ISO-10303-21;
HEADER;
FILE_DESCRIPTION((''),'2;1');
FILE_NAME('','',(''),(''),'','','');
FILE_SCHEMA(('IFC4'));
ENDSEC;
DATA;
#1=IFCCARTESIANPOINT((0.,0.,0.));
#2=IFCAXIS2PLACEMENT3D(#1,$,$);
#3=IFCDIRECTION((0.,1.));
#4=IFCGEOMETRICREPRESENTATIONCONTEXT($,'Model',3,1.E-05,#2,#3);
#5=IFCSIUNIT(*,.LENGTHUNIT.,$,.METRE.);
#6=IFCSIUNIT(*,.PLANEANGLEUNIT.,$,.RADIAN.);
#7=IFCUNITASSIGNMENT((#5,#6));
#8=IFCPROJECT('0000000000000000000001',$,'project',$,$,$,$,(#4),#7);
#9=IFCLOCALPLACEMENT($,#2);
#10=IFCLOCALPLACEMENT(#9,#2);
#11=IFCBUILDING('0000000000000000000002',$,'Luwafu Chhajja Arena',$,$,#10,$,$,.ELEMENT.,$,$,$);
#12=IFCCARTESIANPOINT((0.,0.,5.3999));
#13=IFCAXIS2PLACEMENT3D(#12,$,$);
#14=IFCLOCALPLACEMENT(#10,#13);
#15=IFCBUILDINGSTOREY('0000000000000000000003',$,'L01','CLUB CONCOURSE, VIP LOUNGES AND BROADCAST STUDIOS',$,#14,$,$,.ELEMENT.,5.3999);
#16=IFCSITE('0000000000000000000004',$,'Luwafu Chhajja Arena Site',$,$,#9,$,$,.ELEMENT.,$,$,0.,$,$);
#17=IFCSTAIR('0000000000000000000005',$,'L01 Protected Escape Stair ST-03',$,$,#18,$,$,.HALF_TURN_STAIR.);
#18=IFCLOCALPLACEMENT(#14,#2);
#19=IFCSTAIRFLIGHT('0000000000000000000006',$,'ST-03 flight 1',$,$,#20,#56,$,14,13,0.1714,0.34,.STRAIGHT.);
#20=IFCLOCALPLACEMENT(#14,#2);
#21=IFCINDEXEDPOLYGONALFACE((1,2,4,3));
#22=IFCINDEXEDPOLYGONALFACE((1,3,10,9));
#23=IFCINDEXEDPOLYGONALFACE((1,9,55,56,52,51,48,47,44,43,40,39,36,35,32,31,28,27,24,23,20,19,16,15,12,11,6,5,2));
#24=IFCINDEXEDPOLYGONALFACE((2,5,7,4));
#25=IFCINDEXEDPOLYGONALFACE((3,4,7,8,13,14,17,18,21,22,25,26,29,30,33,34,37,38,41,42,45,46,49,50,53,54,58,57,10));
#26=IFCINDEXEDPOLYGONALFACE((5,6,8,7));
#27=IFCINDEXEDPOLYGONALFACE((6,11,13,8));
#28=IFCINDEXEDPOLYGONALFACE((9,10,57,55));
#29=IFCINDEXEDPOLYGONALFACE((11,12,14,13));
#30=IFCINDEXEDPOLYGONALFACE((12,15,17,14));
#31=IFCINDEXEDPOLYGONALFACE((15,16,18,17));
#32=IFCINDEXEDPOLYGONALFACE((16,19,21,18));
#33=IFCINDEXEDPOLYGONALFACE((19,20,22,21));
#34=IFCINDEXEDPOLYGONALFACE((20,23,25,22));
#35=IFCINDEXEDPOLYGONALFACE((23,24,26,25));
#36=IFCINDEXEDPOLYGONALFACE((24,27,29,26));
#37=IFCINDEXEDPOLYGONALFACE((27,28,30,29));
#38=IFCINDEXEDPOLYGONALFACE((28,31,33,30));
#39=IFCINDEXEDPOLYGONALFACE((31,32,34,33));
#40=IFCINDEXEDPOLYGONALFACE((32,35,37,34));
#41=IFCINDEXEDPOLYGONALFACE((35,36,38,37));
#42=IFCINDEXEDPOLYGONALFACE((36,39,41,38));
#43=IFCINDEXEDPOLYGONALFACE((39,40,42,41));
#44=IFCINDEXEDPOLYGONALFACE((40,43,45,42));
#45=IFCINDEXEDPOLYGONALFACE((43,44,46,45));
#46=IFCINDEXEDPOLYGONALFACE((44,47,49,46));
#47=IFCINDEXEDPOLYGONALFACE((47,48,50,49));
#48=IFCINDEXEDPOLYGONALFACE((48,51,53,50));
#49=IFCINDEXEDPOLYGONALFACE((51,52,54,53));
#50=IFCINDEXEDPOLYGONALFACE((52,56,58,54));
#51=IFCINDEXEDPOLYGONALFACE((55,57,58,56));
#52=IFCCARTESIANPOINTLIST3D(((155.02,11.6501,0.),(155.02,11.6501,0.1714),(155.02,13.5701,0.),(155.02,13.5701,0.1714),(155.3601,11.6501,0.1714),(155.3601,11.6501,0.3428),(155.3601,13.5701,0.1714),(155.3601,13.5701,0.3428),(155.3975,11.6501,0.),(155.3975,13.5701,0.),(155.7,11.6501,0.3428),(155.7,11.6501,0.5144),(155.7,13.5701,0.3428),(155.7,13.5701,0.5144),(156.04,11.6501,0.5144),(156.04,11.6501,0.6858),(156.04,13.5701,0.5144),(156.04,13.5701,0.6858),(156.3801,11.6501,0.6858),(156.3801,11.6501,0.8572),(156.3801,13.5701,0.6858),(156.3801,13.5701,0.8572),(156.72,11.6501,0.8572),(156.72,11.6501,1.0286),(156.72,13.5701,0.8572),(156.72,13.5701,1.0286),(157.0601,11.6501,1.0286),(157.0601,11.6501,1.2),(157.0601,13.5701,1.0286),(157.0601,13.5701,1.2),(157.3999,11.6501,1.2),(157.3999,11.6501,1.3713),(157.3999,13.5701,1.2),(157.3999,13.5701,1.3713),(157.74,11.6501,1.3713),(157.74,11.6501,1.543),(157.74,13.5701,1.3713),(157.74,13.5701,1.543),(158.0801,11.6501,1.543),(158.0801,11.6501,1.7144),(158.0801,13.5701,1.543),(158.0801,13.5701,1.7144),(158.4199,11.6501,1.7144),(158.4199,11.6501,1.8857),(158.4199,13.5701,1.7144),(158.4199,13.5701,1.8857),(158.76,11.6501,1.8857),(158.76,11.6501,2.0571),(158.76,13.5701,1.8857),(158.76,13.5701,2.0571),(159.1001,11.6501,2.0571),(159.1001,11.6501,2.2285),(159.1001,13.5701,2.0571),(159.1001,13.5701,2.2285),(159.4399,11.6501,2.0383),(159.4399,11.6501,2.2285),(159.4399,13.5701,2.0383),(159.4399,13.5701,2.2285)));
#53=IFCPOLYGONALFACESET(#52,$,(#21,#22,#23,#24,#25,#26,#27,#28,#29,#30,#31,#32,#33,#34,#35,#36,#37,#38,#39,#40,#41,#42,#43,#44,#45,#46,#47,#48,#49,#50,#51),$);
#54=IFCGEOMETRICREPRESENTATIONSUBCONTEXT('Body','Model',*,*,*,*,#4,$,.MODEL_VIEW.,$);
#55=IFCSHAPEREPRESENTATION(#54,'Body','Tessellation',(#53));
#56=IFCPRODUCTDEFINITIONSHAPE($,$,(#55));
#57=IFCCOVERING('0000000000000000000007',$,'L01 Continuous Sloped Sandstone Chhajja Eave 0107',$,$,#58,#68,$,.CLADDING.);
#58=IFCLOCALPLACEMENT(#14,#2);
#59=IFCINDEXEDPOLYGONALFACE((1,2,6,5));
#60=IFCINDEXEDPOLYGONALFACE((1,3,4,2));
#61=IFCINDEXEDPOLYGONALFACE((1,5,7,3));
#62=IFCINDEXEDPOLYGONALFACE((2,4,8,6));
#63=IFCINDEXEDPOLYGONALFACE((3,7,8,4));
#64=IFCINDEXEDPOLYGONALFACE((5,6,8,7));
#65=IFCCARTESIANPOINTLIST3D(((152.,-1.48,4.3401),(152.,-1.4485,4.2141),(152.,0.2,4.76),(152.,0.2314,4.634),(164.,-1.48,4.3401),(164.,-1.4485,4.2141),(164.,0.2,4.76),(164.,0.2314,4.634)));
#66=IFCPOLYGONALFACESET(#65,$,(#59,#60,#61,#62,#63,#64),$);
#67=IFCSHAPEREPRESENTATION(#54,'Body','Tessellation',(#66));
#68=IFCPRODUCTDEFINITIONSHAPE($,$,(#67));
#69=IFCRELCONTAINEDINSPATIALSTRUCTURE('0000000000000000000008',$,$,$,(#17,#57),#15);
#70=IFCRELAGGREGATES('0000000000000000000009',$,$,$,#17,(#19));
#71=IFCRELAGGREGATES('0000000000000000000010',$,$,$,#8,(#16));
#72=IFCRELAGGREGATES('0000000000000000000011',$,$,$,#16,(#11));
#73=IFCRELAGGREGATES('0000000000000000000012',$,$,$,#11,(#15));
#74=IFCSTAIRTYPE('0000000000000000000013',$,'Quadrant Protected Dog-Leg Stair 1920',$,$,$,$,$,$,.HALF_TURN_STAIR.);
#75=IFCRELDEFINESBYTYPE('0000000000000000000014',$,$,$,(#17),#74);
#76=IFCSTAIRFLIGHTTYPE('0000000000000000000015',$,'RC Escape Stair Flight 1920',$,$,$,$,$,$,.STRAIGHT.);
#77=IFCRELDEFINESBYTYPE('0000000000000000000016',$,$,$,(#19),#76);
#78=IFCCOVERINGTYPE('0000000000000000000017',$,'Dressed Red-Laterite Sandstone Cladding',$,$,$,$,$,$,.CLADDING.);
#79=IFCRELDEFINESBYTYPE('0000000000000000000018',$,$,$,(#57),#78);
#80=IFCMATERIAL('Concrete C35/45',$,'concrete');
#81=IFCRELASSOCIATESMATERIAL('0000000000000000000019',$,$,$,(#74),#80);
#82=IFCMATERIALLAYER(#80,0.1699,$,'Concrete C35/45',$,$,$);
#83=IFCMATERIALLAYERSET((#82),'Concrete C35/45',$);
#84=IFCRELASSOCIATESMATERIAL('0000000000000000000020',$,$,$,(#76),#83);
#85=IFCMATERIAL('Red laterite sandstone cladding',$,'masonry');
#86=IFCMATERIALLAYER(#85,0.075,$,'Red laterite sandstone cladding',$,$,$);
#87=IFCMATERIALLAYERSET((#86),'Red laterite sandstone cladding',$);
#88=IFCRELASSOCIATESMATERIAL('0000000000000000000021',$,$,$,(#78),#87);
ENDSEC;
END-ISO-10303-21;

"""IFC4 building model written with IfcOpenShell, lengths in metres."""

from ifc_helpers import new_model, si_unit, direction, frame, origin, place, context, subcontext, project, spatial, polyline, outline, extrude, material, layer, layer_set, type_object, element, aggregate, save


model = new_model("IFC4")

# Units and contexts
model_context = context("Model", 3, precision=1e-05, world=origin(), true_north=direction((0.0, 1.0)))
body_context = subcontext(model_context, "Body", "Model", "MODEL_VIEW")
ifc_project = project(units=[si_unit("LENGTHUNIT", "METRE"), si_unit("PLANEANGLEUNIT", "RADIAN")], contexts=[model_context])

# Site, building, storey
site_placement = place(None, origin())
site = spatial("IfcSite", under=ifc_project, at=site_placement, Name="Luwafu Chhajja Arena Site", CompositionType="ELEMENT", RefElevation=0.0)
building_placement = place(site_placement, origin())
building = spatial("IfcBuilding", under=site, at=building_placement, Name="Luwafu Chhajja Arena", CompositionType="ELEMENT")
storey_placement = place(building_placement, frame((0.0, 0.0, 5.3999)))
storey = spatial("IfcBuildingStorey", under=building, at=storey_placement, Name="L01", Description="CLUB CONCOURSE, VIP LOUNGES AND BROADCAST STUDIOS", CompositionType="ELEMENT", Elevation=5.3999)

# Shared definitions
ifc_material_1 = material(Name="Concrete C35/45", Category="concrete")

# Stair, stair flight
stair_type = type_object("IfcStairType", Name="Quadrant Protected Dog-Leg Stair 1920", PredefinedType="HALF_TURN_STAIR", material=ifc_material_1)
stair_placement = place(storey_placement, origin())
stair = element("IfcStair", 1, at=stair_placement, inside=storey, type_object=stair_type, Name="L01 Protected Escape Stair ST-03", PredefinedType="HALF_TURN_STAIR")
ifc_layer_1 = layer(ifc_material_1, 0.1699, Name="Concrete C35/45")
ifc_layer_set_1 = layer_set([ifc_layer_1], Name="Concrete C35/45")
stair_flight_type = type_object("IfcStairFlightType", Name="RC Escape Stair Flight 1920", PredefinedType="STRAIGHT", material=ifc_layer_set_1)
stair_flight_placement = place(storey_placement, frame((155.02, 12.6101, 0.0), z_axis=(0.0, 0.0, 1.0), x_axis=(1.0, 0.0, 0.0)))
stair_flight = element("IfcStairFlight", 2, at=stair_flight_placement, type_object=stair_flight_type, Name="ST-03 flight 1", NumberOfRisers=14, NumberOfTreads=13, PredefinedType="STRAIGHT", RiserHeight=0.1714, TreadLength=0.34, context=body_context, shape_type="SweptSolid", body=[
    extrude(outline(polyline([(0.0, 0.0), (0.0, 0.1714), (0.3401, 0.1714), (0.3401, 0.3428), (0.6799, 0.3428), (0.6799, 0.5144), (1.02, 0.5144), (1.02, 0.6858), (1.3601, 0.6858), (1.3601, 0.8572), (1.7, 0.8572), (1.7, 1.0286), (2.04, 1.0286), (2.04, 1.2), (2.3799, 1.2), (2.3799, 1.3713), (2.72, 1.3713), (2.72, 1.543), (3.0601, 1.543), (3.0601, 1.7144), (3.3999, 1.7144), (3.3999, 1.8857), (3.74, 1.8857), (3.74, 2.0571), (4.0801, 2.0571), (4.0801, 2.2285), (4.4199, 2.2285), (4.4199, 2.3999), (4.4199, 2.0383), (0.3774, 0.0), (0.0, 0.0)])), frame((0.0, 0.96, 0.0), z_axis=(0.0, -1.0, 0.0), x_axis=(1.0, 0.0, 0.0)), (0.0, 0.0, 1.0), 1.9199),
])
aggregate(stair, [stair_flight])

# Covering
ifc_material_2 = material(Name="Red laterite sandstone cladding", Category="masonry")
ifc_layer_2 = layer(ifc_material_2, 0.075, Name="Red laterite sandstone cladding")
ifc_layer_set_2 = layer_set([ifc_layer_2], Name="Red laterite sandstone cladding")
covering_type = type_object("IfcCoveringType", Name="Dressed Red-Laterite Sandstone Cladding", PredefinedType="CLADDING", material=ifc_layer_set_2)
covering_placement = place(storey_placement, frame((152.0, 0.2, 4.76), z_axis=(0.0, -0.242502, 0.970151), x_axis=(1.0, 0.0, 0.0)))
element("IfcCovering", 3, at=covering_placement, inside=storey, type_object=covering_type, Name="L01 Continuous Sloped Sandstone Chhajja Eave 0107", PredefinedType="CLADDING", context=body_context, shape_type="SweptSolid", body=[
    extrude(outline(polyline([(0.0, 0.0), (12.0, 0.0), (12.0, -1.7316), (0.0, -1.7316), (0.0, 0.0)])), origin(), (0.0, 0.0, -1.0), 0.1299),
])

save(model, "model.ifc")
